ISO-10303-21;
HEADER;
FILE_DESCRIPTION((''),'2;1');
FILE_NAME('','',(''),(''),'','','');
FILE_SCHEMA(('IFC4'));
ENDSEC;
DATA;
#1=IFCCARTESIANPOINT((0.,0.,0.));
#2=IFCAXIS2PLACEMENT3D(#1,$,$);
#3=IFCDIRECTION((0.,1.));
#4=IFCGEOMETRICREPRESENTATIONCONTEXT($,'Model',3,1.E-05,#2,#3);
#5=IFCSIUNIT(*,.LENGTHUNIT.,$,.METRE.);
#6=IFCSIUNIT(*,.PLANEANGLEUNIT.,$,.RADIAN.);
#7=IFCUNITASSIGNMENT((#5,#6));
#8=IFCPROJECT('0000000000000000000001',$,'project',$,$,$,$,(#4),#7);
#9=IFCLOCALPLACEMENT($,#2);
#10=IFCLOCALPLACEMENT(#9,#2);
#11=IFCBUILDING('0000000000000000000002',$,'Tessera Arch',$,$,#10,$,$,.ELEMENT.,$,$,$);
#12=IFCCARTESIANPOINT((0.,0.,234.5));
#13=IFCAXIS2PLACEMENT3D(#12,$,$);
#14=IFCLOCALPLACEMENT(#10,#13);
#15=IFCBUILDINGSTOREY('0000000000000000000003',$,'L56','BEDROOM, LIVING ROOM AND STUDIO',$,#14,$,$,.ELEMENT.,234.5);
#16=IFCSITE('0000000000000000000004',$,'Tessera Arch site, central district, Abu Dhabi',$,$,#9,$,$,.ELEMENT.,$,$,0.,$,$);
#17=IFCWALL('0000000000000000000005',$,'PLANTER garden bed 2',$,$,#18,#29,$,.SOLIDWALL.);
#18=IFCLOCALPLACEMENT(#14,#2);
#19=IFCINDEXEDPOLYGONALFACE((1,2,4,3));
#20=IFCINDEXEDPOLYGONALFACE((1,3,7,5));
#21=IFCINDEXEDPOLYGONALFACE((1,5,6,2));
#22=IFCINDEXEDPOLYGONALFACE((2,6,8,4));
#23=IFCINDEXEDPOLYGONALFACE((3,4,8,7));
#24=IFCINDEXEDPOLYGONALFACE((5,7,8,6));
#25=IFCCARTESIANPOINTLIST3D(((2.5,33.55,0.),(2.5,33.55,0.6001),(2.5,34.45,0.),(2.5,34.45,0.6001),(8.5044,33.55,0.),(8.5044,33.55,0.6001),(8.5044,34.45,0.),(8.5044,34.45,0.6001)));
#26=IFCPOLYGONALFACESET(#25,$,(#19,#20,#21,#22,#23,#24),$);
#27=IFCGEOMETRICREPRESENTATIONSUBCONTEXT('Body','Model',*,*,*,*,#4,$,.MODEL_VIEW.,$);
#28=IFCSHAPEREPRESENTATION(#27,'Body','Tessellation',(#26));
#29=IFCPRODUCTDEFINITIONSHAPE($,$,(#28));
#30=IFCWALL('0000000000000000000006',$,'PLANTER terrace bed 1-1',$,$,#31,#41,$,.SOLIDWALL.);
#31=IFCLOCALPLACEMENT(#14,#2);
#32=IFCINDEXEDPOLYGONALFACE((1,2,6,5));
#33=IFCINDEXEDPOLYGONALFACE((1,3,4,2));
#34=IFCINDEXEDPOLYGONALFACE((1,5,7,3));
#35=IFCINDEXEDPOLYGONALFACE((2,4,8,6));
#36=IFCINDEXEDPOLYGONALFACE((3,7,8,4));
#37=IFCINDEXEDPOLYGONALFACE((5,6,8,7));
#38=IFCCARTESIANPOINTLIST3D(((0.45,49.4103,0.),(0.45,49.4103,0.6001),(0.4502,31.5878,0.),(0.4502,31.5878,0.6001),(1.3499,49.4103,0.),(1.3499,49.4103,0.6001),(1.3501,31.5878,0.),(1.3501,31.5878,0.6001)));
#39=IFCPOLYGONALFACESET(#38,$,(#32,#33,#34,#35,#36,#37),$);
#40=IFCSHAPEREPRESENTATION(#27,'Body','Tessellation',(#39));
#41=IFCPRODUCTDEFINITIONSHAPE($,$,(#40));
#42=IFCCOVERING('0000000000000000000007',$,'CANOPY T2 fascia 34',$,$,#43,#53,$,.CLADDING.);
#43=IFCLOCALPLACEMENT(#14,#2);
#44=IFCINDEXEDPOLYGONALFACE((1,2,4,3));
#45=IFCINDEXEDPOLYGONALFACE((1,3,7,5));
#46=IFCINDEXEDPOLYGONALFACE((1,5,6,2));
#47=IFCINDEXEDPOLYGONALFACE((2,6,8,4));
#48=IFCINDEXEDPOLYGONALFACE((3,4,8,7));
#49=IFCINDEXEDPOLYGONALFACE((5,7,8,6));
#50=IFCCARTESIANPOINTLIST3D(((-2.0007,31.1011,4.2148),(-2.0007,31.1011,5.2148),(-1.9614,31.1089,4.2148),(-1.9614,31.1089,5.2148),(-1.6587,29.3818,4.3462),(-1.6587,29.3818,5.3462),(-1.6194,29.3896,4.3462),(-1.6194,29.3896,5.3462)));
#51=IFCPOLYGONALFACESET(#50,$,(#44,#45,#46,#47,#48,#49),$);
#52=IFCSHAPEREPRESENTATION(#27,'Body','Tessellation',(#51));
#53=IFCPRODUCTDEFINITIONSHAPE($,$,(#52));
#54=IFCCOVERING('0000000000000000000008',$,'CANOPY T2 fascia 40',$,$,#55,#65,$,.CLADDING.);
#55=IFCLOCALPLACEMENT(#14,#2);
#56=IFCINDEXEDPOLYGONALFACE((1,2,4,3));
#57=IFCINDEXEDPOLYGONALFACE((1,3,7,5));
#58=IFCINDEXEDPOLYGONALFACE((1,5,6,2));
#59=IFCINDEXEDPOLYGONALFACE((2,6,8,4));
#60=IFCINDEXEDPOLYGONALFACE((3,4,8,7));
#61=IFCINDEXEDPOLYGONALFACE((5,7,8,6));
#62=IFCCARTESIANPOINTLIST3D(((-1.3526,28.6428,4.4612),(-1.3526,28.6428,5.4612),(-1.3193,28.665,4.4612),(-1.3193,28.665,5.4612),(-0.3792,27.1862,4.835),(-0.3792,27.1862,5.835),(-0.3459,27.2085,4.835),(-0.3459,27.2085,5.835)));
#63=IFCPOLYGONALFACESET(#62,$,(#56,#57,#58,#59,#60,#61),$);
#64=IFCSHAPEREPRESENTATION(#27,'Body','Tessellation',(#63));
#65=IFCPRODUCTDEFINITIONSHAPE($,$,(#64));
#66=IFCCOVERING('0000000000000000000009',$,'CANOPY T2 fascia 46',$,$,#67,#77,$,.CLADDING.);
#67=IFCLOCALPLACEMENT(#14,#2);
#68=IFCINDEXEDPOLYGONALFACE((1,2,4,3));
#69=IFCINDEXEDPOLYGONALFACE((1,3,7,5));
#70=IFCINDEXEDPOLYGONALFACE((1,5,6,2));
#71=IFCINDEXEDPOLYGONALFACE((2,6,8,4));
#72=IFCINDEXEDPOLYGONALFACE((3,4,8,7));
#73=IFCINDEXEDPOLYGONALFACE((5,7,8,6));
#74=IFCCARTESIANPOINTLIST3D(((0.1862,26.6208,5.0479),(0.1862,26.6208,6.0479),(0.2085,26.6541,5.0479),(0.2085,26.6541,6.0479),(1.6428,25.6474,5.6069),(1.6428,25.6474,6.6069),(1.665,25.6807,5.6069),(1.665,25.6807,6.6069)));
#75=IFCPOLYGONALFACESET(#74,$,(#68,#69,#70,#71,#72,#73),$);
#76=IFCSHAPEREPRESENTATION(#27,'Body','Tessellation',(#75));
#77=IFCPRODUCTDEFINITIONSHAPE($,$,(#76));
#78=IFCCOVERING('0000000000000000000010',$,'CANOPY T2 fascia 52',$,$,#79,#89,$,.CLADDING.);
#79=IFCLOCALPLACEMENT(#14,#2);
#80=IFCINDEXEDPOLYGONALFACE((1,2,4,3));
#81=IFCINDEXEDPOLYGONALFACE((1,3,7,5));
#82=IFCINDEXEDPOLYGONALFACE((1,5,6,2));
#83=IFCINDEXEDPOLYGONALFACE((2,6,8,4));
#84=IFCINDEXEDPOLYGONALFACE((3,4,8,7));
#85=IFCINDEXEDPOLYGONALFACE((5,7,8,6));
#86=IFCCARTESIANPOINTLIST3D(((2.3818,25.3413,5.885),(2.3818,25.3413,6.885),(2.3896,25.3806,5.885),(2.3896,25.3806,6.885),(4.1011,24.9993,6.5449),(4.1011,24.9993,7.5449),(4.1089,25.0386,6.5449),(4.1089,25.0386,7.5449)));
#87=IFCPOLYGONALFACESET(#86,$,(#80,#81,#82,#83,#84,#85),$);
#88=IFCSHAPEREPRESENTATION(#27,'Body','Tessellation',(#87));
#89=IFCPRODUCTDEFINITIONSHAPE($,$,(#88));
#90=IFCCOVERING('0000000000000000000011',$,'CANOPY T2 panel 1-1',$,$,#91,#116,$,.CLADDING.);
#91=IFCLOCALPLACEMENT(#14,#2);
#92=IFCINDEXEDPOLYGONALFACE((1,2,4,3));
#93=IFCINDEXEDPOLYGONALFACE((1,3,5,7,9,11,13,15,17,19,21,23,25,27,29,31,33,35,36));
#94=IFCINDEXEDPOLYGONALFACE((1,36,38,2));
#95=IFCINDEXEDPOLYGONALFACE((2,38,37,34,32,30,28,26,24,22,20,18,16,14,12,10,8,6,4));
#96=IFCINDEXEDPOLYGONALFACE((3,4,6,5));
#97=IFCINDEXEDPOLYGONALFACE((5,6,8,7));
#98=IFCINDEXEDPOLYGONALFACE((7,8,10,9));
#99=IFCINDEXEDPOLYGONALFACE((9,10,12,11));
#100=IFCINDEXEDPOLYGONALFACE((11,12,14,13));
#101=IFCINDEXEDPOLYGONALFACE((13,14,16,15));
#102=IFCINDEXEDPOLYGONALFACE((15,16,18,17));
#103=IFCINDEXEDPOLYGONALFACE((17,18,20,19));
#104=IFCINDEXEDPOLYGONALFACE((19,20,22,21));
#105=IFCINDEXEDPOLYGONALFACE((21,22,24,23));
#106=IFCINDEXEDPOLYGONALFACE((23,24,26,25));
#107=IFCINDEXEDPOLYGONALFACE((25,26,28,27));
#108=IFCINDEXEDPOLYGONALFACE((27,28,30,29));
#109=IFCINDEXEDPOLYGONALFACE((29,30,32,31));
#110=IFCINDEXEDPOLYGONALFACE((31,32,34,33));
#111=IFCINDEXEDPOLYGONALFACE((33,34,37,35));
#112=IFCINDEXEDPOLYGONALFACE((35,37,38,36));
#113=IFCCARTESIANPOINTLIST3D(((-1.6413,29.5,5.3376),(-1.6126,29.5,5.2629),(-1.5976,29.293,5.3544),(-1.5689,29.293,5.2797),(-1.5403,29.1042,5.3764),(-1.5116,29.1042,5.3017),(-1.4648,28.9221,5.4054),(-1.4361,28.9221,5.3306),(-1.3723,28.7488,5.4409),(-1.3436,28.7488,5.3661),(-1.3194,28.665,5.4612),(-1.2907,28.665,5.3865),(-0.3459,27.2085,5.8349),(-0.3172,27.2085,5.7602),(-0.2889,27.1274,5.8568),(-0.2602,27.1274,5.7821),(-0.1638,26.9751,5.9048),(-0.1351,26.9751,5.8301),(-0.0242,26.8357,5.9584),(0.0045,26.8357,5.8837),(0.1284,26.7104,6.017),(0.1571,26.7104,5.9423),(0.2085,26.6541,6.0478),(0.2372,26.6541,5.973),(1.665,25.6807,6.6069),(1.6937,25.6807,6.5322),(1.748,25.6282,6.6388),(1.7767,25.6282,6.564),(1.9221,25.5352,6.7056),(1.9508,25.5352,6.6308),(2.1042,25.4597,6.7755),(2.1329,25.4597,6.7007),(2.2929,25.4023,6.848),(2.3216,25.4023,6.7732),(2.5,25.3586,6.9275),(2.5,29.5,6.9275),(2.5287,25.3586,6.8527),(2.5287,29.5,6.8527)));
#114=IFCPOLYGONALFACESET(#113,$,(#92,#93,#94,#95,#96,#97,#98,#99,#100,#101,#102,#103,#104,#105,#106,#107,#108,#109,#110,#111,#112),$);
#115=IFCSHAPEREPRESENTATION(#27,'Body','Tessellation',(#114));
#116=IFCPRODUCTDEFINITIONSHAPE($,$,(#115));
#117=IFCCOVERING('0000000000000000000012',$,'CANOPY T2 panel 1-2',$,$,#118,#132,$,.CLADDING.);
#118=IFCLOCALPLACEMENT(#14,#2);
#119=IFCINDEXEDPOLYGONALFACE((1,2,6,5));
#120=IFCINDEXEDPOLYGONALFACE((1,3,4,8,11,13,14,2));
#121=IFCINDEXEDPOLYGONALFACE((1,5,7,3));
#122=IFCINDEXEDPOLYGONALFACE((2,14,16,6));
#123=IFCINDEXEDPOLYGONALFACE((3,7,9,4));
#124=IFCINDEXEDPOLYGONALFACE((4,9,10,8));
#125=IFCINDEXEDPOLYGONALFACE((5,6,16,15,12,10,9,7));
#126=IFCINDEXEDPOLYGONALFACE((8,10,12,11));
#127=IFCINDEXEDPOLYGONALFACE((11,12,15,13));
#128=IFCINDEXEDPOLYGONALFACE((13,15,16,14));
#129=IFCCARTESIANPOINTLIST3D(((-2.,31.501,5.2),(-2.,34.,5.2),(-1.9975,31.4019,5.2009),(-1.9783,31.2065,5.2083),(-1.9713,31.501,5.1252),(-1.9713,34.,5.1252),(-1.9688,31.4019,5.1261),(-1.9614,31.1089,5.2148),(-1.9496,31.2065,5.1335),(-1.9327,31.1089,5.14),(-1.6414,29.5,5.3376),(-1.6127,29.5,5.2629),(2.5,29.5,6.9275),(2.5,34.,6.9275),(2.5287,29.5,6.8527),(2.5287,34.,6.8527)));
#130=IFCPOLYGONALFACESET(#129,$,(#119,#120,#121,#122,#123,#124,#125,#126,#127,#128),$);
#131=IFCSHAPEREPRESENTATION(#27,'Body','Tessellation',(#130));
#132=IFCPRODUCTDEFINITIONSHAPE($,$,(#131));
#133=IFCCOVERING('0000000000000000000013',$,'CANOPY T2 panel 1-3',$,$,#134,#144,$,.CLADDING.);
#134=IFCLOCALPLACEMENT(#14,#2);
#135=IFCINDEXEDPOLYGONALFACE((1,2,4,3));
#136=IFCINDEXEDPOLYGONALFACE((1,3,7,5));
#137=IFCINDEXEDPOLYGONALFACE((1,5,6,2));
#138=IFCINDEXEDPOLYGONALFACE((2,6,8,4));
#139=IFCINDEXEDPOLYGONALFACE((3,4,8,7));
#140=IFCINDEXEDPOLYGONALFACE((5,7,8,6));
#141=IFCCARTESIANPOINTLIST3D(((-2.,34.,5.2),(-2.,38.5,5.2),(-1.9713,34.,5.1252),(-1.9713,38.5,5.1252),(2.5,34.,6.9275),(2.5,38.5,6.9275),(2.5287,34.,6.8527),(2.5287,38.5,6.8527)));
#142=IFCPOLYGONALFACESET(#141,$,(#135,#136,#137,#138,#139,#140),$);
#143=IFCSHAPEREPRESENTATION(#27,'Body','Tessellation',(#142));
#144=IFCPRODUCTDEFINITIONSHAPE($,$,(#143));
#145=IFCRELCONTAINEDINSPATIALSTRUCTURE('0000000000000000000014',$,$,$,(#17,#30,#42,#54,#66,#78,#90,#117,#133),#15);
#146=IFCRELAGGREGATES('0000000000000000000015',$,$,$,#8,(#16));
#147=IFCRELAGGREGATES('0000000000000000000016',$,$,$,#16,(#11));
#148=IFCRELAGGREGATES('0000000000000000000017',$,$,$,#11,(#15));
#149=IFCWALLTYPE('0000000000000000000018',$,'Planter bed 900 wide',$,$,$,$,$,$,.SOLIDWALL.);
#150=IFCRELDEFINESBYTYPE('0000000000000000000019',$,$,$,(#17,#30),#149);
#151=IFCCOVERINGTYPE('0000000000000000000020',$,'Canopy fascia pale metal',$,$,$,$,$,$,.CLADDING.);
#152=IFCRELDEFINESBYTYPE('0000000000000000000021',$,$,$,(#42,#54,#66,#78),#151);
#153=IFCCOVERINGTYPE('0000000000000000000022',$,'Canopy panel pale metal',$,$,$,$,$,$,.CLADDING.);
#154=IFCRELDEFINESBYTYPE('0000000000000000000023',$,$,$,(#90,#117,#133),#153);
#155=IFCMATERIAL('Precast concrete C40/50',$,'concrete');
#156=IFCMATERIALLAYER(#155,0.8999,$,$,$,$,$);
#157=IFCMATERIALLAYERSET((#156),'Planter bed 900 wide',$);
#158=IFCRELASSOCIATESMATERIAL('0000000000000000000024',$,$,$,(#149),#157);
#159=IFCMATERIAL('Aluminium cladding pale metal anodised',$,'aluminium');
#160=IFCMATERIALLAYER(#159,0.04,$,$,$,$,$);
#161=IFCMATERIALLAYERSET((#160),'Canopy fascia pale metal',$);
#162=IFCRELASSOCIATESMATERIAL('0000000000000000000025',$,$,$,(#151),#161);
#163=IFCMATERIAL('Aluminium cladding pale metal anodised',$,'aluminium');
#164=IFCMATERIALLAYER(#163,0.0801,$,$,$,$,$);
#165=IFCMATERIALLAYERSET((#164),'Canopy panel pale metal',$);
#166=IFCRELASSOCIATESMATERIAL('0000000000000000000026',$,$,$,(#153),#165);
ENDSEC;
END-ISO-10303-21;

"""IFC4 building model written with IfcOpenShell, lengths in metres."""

from ifc_helpers import new_model, si_unit, direction, frame, frame_2d, origin, place, context, subcontext, project, spatial, polyline, rectangle, outline, extrude, material, layer, layer_set, type_object, element, save


model = new_model("IFC4")

# Units and contexts
model_context = context("Model", 3, precision=1e-05, world=origin(), true_north=direction((0.0, 1.0)))
body_context = subcontext(model_context, "Body", "Model", "MODEL_VIEW")
ifc_project = project(units=[si_unit("LENGTHUNIT", "METRE"), si_unit("PLANEANGLEUNIT", "RADIAN")], contexts=[model_context])

# Site, building, storey
site_placement = place(None, origin())
site = spatial("IfcSite", under=ifc_project, at=site_placement, Name="Tessera Arch site, central district, Abu Dhabi", CompositionType="ELEMENT", RefElevation=0.0)
building_placement = place(site_placement, origin())
building = spatial("IfcBuilding", under=site, at=building_placement, Name="Tessera Arch", CompositionType="ELEMENT")
storey_placement = place(building_placement, frame((0.0, 0.0, 234.5)))
storey = spatial("IfcBuildingStorey", under=building, at=storey_placement, Name="L56", Description="BEDROOM, LIVING ROOM AND STUDIO", CompositionType="ELEMENT", Elevation=234.5)

# Walls
ifc_material_1 = material(Name="Precast concrete C40/50", Category="concrete")
ifc_layer_1 = layer(ifc_material_1, 0.8999)
ifc_layer_set_1 = layer_set([ifc_layer_1], Name="Planter bed 900 wide")
wall_type_1 = type_object("IfcWallType", Name="Planter bed 900 wide", PredefinedType="SOLIDWALL", material=ifc_layer_set_1)
wall_1_placement = place(storey_placement, frame((2.5, 34.0, 0.0), z_axis=(0.0, 0.0, 1.0), x_axis=(1.0, 0.0, 0.0)))
element("IfcWall", 1, at=wall_1_placement, inside=storey, type_object=wall_type_1, Name="PLANTER garden bed 2", PredefinedType="SOLIDWALL", context=body_context, shape_type="SweptSolid", body=[
    extrude(rectangle(XDim=6.0044, YDim=0.8999, at=frame_2d((3.0022, 0.0))), origin(), (0.0, 0.0, 1.0), 0.6001),
])
wall_2_placement = place(storey_placement, frame((0.9001, 31.5879, 0.0), z_axis=(0.0, 0.0, 1.0), x_axis=(-0.000014, 1.0, 0.0)))
element("IfcWall", 2, at=wall_2_placement, inside=storey, type_object=wall_type_1, Name="PLANTER terrace bed 1-1", PredefinedType="SOLIDWALL", context=body_context, shape_type="SweptSolid", body=[
    extrude(rectangle(XDim=17.8225, YDim=0.8999, at=frame_2d((8.9111, 0.0))), origin(), (0.0, 0.0, 1.0), 0.6001),
])

# Coverings
ifc_material_2 = material(Name="Aluminium cladding pale metal anodised", Category="aluminium")
ifc_layer_2 = layer(ifc_material_2, 0.04)
ifc_layer_set_2 = layer_set([ifc_layer_2], Name="Canopy fascia pale metal")
covering_type_1 = type_object("IfcCoveringType", Name="Canopy fascia pale metal", PredefinedType="CLADDING", material=ifc_layer_set_2)
covering_1_placement = place(storey_placement, frame((-1.9614, 31.1089, 5.2148), z_axis=(0.980778, 0.195125, 0.0), x_axis=(0.19458, -0.978037, 0.074721)))
element("IfcCovering", 3, at=covering_1_placement, inside=storey, type_object=covering_type_1, Name="CANOPY T2 fascia 34", PredefinedType="CLADDING", context=body_context, shape_type="SweptSolid", body=[
    extrude(outline(polyline([(0.0, 0.0), (1.7578, 0.0), (1.6831, 0.9972), (-0.0747, 0.9972), (0.0, 0.0)])), origin(), (0.0, 0.0, -1.0), 0.04),
])
covering_2_placement = place(storey_placement, frame((-1.3193, 28.665, 5.4612), z_axis=(0.831428, 0.555632, 0.0), x_axis=(0.543401, -0.813126, 0.208665)))
element("IfcCovering", 4, at=covering_2_placement, inside=storey, type_object=covering_type_1, Name="CANOPY T2 fascia 40", PredefinedType="CLADDING", context=body_context, shape_type="SweptSolid", body=[
    extrude(outline(polyline([(0.0, 0.0), (1.7913, 0.0), (1.5826, 0.978), (-0.2087, 0.978), (0.0, 0.0)])), origin(), (0.0, 0.0, -1.0), 0.04),
])
covering_3_placement = place(storey_placement, frame((0.2085, 26.6541, 6.0479), z_axis=(0.555632, 0.831428, 0.0), x_axis=(0.79207, -0.52933, 0.30403)))
element("IfcCovering", 5, at=covering_3_placement, inside=storey, type_object=covering_type_1, Name="CANOPY T2 fascia 46", PredefinedType="CLADDING", context=body_context, shape_type="SweptSolid", body=[
    extrude(outline(polyline([(0.0, 0.0), (1.8389, 0.0), (1.5349, 0.9527), (-0.304, 0.9527), (0.0, 0.0)])), origin(), (0.0, 0.0, -1.0), 0.04),
])
covering_4_placement = place(storey_placement, frame((2.3896, 25.3806, 6.885), z_axis=(0.195125, 0.980778, 0.0), x_axis=(0.91789, -0.182613, 0.352323)))
element("IfcCovering", 6, at=covering_4_placement, inside=storey, type_object=covering_type_1, Name="CANOPY T2 fascia 52", PredefinedType="CLADDING", context=body_context, shape_type="SweptSolid", body=[
    extrude(outline(polyline([(0.0, 0.0), (1.873, 0.0), (1.5207, 0.9359), (-0.3523, 0.9359), (0.0, 0.0)])), origin(), (0.0, 0.0, -1.0), 0.04),
])
ifc_material_3 = material(Name="Aluminium cladding pale metal anodised", Category="aluminium")
ifc_layer_3 = layer(ifc_material_3, 0.0801)
ifc_layer_set_3 = layer_set([ifc_layer_3], Name="Canopy panel pale metal")
covering_type_2 = type_object("IfcCoveringType", Name="Canopy panel pale metal", PredefinedType="CLADDING", material=ifc_layer_set_3)
covering_5_placement = place(storey_placement, frame((2.5, 29.5, 6.9275), z_axis=(-0.358397, -0.000009, 0.933569), x_axis=(-0.933569, 0.0, -0.358397)))
element("IfcCovering", 7, at=covering_5_placement, inside=storey, type_object=covering_type_2, Name="CANOPY T2 panel 1-1", PredefinedType="CLADDING", context=body_context, shape_type="SweptSolid", body=[
    extrude(outline(polyline([(0.0, 0.0), (4.436, 0.0), (4.3892, 0.207), (4.3278, 0.3958), (4.2469, 0.5779), (4.1479, 0.7512), (4.0911, 0.835), (3.0484, 2.2915), (2.9873, 2.3726), (2.8534, 2.5249), (2.7038, 2.6643), (2.5403, 2.7896), (2.4545, 2.8459), (0.8944, 3.8193), (0.8055, 3.8718), (0.619, 3.9648), (0.424, 4.0403), (0.2218, 4.0977), (0.0, 4.1414), (0.0, 0.0)])), origin(), (0.0, 0.0, -1.0), 0.0801),
])
covering_6_placement = place(storey_placement, frame((-1.6414, 29.5, 5.3376), z_axis=(-0.358392, 0.000002, 0.933571), x_axis=(0.933571, 0.0, 0.358392)))
element("IfcCovering", 8, at=covering_6_placement, inside=storey, type_object=covering_type_2, Name="CANOPY T2 panel 1-2", PredefinedType="CLADDING", context=body_context, shape_type="SweptSolid", body=[
    extrude(outline(polyline([(0.0, 0.0), (4.436, 0.0), (4.436, 4.5), (-0.3842, 4.5), (-0.3842, 2.001), (-0.3815, 1.9019), (-0.3609, 1.7065), (-0.3428, 1.6089), (0.0, 0.0)])), origin(), (0.0, 0.0, -1.0), 0.0801),
])
covering_7_placement = place(storey_placement, frame((-2.0, 34.0, 5.2), z_axis=(-0.358395, 0.0, 0.93357), x_axis=(0.93357, 0.0, 0.358395)))
element("IfcCovering", 9, at=covering_7_placement, inside=storey, type_object=covering_type_2, Name="CANOPY T2 panel 1-3", PredefinedType="CLADDING", context=body_context, shape_type="SweptSolid", body=[
    extrude(outline(polyline([(0.0, 0.0), (4.8202, 0.0), (4.8202, 4.5), (0.0, 4.5), (0.0, 0.0)])), origin(), (0.0, 0.0, -1.0), 0.0801),
])

save(model, "model.ifc")
